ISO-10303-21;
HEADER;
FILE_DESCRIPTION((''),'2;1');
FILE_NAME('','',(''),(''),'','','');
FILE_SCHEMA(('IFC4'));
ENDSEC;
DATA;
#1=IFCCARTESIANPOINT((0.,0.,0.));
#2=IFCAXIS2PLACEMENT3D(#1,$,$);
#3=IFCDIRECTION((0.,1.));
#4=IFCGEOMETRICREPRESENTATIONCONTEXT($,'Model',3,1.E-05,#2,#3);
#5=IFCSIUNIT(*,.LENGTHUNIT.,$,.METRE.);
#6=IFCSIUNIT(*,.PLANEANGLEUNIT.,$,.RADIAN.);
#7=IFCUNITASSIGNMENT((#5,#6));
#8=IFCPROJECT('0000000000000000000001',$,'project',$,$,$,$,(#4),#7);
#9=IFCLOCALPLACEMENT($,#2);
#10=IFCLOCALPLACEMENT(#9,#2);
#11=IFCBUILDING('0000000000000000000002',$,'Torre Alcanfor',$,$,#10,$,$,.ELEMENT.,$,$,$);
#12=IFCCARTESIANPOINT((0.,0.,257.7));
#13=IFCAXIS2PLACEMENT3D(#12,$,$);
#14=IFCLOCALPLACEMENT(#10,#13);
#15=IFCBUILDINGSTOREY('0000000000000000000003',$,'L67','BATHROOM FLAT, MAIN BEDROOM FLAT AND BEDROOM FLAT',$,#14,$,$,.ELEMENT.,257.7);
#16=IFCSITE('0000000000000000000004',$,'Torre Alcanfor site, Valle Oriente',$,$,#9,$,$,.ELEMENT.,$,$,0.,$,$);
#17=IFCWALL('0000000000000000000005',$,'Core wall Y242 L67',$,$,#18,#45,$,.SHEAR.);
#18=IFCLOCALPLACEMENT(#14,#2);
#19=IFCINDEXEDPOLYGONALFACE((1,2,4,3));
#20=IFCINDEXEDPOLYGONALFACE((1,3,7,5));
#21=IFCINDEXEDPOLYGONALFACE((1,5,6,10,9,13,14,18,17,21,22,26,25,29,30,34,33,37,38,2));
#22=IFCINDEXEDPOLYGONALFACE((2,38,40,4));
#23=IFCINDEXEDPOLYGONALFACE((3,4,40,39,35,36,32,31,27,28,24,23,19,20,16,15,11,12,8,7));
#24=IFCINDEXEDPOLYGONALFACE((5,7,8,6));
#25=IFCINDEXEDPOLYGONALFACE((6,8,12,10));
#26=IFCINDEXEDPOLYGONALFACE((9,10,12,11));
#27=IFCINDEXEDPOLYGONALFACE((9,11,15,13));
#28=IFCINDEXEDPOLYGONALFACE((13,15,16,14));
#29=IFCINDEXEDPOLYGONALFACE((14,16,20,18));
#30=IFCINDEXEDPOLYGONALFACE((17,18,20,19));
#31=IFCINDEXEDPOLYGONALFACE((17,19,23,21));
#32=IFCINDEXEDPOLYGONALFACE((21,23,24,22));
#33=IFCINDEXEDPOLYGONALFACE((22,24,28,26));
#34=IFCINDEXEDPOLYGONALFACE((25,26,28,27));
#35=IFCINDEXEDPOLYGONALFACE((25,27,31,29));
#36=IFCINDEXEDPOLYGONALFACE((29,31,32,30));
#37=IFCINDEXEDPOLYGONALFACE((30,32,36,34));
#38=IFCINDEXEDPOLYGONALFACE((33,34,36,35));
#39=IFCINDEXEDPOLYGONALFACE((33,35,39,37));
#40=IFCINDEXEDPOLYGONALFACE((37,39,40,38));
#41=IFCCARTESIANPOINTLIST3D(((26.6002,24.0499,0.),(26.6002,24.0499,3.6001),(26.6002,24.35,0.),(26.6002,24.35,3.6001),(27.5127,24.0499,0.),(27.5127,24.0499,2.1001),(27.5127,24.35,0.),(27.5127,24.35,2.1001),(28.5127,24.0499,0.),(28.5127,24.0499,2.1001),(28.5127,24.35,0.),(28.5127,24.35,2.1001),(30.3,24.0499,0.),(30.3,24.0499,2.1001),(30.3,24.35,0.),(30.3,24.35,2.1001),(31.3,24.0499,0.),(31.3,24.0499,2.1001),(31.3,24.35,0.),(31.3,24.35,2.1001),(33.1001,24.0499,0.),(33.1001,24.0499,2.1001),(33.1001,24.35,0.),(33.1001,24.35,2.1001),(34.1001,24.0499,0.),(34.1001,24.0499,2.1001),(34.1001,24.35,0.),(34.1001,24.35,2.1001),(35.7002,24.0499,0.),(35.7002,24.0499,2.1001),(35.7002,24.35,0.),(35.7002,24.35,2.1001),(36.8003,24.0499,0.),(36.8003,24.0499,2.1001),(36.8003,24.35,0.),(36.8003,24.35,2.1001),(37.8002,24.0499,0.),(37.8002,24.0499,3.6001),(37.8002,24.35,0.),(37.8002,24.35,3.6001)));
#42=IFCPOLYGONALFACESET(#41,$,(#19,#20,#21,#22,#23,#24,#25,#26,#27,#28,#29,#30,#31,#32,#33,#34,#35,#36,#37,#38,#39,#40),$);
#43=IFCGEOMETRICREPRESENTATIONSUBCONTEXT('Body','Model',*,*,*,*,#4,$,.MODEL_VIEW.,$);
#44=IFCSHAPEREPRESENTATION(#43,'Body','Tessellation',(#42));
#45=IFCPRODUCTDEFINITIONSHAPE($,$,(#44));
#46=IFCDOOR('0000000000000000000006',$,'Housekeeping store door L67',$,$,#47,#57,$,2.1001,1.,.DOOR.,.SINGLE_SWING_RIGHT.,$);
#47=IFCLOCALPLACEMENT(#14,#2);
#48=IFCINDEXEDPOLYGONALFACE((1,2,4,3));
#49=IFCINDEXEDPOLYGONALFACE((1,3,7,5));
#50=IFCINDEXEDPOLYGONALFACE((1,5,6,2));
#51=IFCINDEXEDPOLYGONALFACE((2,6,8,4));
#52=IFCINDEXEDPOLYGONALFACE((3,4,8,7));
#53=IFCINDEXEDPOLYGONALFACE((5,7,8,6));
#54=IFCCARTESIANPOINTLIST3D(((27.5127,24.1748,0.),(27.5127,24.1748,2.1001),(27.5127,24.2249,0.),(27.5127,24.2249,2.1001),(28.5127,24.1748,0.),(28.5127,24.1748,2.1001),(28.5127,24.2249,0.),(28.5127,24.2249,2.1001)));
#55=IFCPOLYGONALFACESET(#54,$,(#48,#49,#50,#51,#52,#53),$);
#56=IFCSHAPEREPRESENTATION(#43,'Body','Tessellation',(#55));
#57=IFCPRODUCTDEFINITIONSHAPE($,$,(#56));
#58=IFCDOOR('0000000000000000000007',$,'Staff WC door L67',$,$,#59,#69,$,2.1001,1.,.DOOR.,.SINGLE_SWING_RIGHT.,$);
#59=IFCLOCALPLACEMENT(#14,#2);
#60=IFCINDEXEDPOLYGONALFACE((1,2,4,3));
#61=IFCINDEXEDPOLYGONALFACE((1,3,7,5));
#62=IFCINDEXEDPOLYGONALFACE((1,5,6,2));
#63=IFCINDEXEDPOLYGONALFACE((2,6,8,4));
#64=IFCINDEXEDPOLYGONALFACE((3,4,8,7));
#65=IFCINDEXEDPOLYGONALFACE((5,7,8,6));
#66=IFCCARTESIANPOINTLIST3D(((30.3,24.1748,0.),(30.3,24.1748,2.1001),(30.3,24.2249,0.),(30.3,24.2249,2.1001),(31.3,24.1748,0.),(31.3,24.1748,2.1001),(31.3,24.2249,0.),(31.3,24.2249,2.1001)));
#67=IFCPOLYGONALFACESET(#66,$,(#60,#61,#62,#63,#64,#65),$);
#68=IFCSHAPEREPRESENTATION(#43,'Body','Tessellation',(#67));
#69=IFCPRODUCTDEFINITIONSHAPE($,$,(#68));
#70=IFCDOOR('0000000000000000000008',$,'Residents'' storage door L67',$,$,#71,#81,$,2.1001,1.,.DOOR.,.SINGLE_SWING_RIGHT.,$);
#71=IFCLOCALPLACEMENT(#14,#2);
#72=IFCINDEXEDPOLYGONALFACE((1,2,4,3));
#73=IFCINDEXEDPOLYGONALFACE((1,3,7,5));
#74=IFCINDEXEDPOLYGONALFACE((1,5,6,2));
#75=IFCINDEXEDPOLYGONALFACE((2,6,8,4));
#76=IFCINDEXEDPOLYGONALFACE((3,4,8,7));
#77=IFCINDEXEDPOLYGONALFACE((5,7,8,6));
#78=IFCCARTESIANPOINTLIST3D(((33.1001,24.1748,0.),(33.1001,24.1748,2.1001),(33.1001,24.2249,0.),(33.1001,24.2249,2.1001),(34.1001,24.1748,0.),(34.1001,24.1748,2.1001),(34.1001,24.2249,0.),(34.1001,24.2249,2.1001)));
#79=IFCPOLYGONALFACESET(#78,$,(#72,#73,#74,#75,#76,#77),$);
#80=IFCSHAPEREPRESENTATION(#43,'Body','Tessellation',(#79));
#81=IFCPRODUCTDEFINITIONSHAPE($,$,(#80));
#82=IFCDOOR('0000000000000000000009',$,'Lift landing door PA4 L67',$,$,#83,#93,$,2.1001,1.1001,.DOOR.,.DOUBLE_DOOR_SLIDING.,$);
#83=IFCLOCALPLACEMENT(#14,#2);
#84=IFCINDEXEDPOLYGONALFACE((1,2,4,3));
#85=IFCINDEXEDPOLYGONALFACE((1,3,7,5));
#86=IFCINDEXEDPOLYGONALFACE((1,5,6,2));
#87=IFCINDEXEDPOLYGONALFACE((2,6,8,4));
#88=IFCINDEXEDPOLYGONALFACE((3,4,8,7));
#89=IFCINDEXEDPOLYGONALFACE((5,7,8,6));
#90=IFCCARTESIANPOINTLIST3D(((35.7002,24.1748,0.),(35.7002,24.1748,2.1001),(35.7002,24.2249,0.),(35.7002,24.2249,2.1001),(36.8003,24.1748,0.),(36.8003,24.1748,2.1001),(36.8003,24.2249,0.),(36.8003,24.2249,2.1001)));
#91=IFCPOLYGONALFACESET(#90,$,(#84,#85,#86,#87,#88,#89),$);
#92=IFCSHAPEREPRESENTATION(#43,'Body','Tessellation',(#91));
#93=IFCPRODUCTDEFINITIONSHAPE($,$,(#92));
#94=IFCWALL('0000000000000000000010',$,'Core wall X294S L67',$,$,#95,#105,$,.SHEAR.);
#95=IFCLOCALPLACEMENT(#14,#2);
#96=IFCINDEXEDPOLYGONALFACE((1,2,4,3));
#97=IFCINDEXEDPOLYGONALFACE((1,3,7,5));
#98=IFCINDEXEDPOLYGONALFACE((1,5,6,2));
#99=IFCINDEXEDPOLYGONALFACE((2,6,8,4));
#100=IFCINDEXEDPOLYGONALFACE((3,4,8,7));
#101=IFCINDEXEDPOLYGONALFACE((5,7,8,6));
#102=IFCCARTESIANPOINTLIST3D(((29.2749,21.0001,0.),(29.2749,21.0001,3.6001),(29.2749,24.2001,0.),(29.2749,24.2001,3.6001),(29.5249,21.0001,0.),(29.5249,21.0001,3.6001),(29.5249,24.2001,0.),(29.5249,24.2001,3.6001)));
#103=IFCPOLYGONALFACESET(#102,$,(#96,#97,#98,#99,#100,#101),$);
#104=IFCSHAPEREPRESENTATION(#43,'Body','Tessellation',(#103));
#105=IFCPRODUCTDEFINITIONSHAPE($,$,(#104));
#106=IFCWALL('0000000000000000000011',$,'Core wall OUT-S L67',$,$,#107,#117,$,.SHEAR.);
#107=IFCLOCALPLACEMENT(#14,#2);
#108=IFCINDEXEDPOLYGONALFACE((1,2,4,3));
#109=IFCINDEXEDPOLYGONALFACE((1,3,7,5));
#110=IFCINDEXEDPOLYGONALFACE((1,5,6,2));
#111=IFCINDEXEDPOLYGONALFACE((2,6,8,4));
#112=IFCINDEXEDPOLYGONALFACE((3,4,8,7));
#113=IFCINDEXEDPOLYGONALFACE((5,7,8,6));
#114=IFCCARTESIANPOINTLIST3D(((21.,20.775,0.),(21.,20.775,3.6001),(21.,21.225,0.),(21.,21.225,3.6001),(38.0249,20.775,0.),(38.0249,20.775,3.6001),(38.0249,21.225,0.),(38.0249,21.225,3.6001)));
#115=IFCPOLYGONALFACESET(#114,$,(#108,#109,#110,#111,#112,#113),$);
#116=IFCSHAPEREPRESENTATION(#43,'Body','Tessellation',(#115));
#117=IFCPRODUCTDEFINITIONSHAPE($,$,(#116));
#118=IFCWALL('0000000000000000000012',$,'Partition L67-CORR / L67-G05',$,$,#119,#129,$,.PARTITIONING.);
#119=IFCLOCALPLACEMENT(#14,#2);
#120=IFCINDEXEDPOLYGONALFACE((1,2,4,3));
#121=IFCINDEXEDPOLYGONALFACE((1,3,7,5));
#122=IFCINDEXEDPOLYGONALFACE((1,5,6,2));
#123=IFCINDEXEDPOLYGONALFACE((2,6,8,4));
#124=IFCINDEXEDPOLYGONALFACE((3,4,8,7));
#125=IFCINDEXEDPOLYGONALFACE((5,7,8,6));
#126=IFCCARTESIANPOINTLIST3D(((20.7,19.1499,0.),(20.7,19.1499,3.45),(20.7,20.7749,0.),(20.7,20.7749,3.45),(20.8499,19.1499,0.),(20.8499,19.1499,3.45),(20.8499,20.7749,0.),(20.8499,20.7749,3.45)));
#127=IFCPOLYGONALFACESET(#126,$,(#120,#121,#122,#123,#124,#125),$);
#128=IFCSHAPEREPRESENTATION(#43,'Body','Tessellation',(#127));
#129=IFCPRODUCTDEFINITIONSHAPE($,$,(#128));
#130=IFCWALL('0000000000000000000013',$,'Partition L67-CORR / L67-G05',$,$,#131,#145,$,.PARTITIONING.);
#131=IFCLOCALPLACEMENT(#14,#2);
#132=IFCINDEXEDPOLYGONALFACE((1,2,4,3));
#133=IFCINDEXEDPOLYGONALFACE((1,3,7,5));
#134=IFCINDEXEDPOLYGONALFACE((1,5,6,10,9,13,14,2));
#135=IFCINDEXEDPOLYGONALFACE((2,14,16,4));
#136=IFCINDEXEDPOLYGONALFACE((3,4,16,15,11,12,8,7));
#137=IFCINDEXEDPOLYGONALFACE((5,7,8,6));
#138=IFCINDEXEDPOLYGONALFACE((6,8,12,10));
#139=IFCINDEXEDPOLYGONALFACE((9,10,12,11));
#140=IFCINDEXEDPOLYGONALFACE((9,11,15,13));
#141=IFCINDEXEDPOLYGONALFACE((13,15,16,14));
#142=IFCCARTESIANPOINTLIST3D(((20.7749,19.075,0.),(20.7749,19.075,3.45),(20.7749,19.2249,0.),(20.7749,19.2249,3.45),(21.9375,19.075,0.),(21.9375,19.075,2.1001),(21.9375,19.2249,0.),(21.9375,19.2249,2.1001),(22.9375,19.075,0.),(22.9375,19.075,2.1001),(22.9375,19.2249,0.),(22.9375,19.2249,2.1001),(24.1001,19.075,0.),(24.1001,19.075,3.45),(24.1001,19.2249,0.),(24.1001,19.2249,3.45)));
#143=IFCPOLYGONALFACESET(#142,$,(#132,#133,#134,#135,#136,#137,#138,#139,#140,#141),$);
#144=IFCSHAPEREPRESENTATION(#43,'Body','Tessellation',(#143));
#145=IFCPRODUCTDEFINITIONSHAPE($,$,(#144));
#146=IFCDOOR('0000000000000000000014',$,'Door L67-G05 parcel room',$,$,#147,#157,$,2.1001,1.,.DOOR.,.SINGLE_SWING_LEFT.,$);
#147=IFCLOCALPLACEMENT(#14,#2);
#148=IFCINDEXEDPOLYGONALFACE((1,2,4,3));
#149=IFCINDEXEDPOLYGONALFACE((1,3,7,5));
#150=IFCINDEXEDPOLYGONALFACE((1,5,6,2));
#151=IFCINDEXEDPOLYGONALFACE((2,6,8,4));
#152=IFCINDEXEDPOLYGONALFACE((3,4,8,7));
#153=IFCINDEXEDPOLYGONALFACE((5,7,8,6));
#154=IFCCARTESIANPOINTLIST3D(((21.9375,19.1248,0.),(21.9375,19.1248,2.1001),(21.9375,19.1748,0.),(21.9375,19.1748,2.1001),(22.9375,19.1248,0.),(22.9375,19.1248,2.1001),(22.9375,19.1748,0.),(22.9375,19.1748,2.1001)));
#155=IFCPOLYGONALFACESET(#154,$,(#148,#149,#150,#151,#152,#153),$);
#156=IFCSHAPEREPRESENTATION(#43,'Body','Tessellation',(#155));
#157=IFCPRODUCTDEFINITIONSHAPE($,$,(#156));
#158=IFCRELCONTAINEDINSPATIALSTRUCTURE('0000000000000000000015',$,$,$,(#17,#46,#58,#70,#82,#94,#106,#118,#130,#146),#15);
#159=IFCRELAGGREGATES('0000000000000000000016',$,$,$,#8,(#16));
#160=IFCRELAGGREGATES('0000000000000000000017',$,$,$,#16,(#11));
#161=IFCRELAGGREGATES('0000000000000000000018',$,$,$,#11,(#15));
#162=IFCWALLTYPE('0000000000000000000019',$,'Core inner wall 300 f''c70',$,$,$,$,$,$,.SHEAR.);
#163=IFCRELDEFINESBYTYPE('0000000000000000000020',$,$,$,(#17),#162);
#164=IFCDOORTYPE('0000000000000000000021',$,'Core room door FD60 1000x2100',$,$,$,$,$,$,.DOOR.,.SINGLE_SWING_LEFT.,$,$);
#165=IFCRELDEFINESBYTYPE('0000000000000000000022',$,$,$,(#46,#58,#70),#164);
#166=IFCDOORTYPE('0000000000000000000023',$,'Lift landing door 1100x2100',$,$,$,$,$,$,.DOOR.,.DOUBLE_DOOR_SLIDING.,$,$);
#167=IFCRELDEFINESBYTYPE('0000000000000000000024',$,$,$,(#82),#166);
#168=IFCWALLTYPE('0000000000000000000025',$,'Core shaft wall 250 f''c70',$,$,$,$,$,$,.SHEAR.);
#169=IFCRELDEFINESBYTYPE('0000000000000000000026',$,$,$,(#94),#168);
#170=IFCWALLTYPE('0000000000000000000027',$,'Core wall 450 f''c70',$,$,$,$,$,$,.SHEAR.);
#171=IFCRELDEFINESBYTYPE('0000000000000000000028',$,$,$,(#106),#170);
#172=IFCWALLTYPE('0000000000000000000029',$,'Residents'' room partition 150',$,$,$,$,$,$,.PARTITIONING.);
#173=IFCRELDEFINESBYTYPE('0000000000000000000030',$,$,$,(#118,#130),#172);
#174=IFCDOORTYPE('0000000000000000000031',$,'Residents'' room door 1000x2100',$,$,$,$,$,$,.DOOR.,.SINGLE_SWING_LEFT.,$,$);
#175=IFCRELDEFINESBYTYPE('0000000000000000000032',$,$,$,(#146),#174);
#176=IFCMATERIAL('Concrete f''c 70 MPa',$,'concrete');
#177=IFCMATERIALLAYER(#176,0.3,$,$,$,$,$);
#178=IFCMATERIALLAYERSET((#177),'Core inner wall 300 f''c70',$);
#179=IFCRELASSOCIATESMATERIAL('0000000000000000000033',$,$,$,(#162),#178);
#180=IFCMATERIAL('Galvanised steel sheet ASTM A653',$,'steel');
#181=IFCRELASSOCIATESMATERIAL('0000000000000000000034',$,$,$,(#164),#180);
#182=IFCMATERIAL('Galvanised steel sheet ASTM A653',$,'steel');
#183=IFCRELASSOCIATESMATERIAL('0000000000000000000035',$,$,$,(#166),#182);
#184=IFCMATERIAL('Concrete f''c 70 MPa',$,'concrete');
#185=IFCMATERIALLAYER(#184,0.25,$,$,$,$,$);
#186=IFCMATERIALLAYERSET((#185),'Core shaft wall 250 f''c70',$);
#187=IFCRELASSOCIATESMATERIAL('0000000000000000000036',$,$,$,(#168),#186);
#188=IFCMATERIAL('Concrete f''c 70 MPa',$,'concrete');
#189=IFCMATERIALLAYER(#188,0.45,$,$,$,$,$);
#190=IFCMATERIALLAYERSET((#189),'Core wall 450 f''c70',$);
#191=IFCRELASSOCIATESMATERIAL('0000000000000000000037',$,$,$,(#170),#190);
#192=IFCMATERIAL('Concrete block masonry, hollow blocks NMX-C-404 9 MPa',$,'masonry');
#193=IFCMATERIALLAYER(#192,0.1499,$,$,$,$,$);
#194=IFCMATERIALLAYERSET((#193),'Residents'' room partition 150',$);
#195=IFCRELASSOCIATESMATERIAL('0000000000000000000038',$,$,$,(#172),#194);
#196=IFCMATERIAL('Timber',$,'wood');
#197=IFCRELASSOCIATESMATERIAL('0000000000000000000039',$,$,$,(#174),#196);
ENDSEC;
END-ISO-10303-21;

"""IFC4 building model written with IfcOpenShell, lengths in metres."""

from ifc_helpers import new_model, si_unit, direction, frame, frame_2d, origin, place, context, subcontext, project, spatial, rectangle, extrude, material, layer, layer_set, type_object, element, fill, save


model = new_model("IFC4")

# Units and contexts
model_context = context("Model", 3, precision=1e-05, world=origin(), true_north=direction((0.0, 1.0)))
body_context = subcontext(model_context, "Body", "Model", "MODEL_VIEW")
ifc_project = project(units=[si_unit("LENGTHUNIT", "METRE"), si_unit("PLANEANGLEUNIT", "RADIAN")], contexts=[model_context])

# Site, building, storey
site_placement = place(None, origin())
site = spatial("IfcSite", under=ifc_project, at=site_placement, Name="Torre Alcanfor site, Valle Oriente", CompositionType="ELEMENT", RefElevation=0.0)
building_placement = place(site_placement, origin())
building = spatial("IfcBuilding", under=site, at=building_placement, Name="Torre Alcanfor", CompositionType="ELEMENT")
storey_placement = place(building_placement, frame((0.0, 0.0, 257.7)))
storey = spatial("IfcBuildingStorey", under=building, at=storey_placement, Name="L67", Description="BATHROOM FLAT, MAIN BEDROOM FLAT AND BEDROOM FLAT", CompositionType="ELEMENT", Elevation=257.7)

# Shared definitions
ifc_material_1 = material(Name="Concrete f'c 70 MPa", Category="concrete")
ifc_layer_1 = layer(ifc_material_1, 0.3)
ifc_layer_set_1 = layer_set([ifc_layer_1], Name="Core inner wall 300 f'c70")
wall_type_1 = type_object("IfcWallType", Name="Core inner wall 300 f'c70", PredefinedType="SHEAR", material=ifc_layer_set_1)

# Wall, openings, doors
wall_1_placement = place(storey_placement, frame((26.6001, 24.2, 0.0), z_axis=(0.0, 0.0, 1.0), x_axis=(1.0, 0.0, 0.0)))
wall_1 = element("IfcWall", 1, at=wall_1_placement, inside=storey, type_object=wall_type_1, Name="Core wall Y242 L67", PredefinedType="SHEAR", context=body_context, shape_type="SweptSolid", body=[
    extrude(rectangle(XDim=11.2, YDim=0.3, at=frame_2d((5.6001, 0.0))), origin(), (0.0, 0.0, 1.0), 3.6001),
])
opening_1_placement = place(wall_1_placement, frame((0.9126, 0.0, 0.0)))
opening_1 = element("IfcOpeningElement", 2, at=opening_1_placement, cuts=wall_1, PredefinedType="OPENING", context=body_context, shape_type="SweptSolid", body=[
    extrude(rectangle(XDim=1.0, YDim=2.1001, at=frame_2d((0.5, 1.05))), frame((0.0, 0.1599, 0.0), z_axis=(0.0, -1.0, 0.0), x_axis=(1.0, 0.0, 0.0)), (0.0, 0.0, 1.0), 0.3201),
])
opening_2_placement = place(wall_1_placement, frame((3.7, 0.0, 0.0)))
opening_2 = element("IfcOpeningElement", 3, at=opening_2_placement, cuts=wall_1, PredefinedType="OPENING", context=body_context, shape_type="SweptSolid", body=[
    extrude(rectangle(XDim=1.0, YDim=2.1001, at=frame_2d((0.5, 1.05))), frame((0.0, 0.1599, 0.0), z_axis=(0.0, -1.0, 0.0), x_axis=(1.0, 0.0, 0.0)), (0.0, 0.0, 1.0), 0.3201),
])
opening_3_placement = place(wall_1_placement, frame((6.5, 0.0, 0.0)))
opening_3 = element("IfcOpeningElement", 4, at=opening_3_placement, cuts=wall_1, PredefinedType="OPENING", context=body_context, shape_type="SweptSolid", body=[
    extrude(rectangle(XDim=1.0, YDim=2.1001, at=frame_2d((0.5, 1.05))), frame((0.0, 0.1599, 0.0), z_axis=(0.0, -1.0, 0.0), x_axis=(1.0, 0.0, 0.0)), (0.0, 0.0, 1.0), 0.3201),
])
opening_4_placement = place(wall_1_placement, frame((9.1001, 0.0, 0.0)))
opening_4 = element("IfcOpeningElement", 5, at=opening_4_placement, cuts=wall_1, PredefinedType="OPENING", context=body_context, shape_type="SweptSolid", body=[
    extrude(rectangle(XDim=1.1001, YDim=2.1001, at=frame_2d((0.55, 1.05))), frame((0.0, 0.1599, 0.0), z_axis=(0.0, -1.0, 0.0), x_axis=(1.0, 0.0, 0.0)), (0.0, 0.0, 1.0), 0.3201),
])
ifc_material_2 = material(Name="Galvanised steel sheet ASTM A653", Category="steel")
door_type_1 = type_object("IfcDoorType", Name="Core room door FD60 1000x2100", OperationType="SINGLE_SWING_LEFT", PredefinedType="DOOR", material=ifc_material_2)
door_1_placement = place(opening_1_placement, frame((1.0, 0.0, 0.0), z_axis=(0.0, 0.0, 1.0), x_axis=(-1.0, 0.0, 0.0)))
door_1 = element("IfcDoor", 6, at=door_1_placement, inside=storey, type_object=door_type_1, Name="Housekeeping store door L67", OperationType="SINGLE_SWING_RIGHT", OverallHeight=2.1001, OverallWidth=1.0, PredefinedType="DOOR", context=body_context, shape_type="SweptSolid", body=[
    extrude(rectangle(XDim=1.0, YDim=2.1001, at=frame_2d((0.5, 1.05))), frame((0.0, 0.0251, 0.0), z_axis=(0.0, -1.0, 0.0), x_axis=(1.0, 0.0, 0.0)), (0.0, 0.0, 1.0), 0.05),
])
fill(opening_1, door_1)
door_2_placement = place(opening_2_placement, frame((1.0, 0.0, 0.0), z_axis=(0.0, 0.0, 1.0), x_axis=(-1.0, 0.0, 0.0)))
door_2 = element("IfcDoor", 7, at=door_2_placement, inside=storey, type_object=door_type_1, Name="Staff WC door L67", OperationType="SINGLE_SWING_RIGHT", OverallHeight=2.1001, OverallWidth=1.0, PredefinedType="DOOR", context=body_context, shape_type="SweptSolid", body=[
    extrude(rectangle(XDim=1.0, YDim=2.1001, at=frame_2d((0.5, 1.05))), frame((0.0, 0.0251, 0.0), z_axis=(0.0, -1.0, 0.0), x_axis=(1.0, 0.0, 0.0)), (0.0, 0.0, 1.0), 0.05),
])
fill(opening_2, door_2)
door_3_placement = place(opening_3_placement, frame((1.0, 0.0, 0.0), z_axis=(0.0, 0.0, 1.0), x_axis=(-1.0, 0.0, 0.0)))
door_3 = element("IfcDoor", 8, at=door_3_placement, inside=storey, type_object=door_type_1, Name="Residents' storage door L67", OperationType="SINGLE_SWING_RIGHT", OverallHeight=2.1001, OverallWidth=1.0, PredefinedType="DOOR", context=body_context, shape_type="SweptSolid", body=[
    extrude(rectangle(XDim=1.0, YDim=2.1001, at=frame_2d((0.5, 1.05))), frame((0.0, 0.0251, 0.0), z_axis=(0.0, -1.0, 0.0), x_axis=(1.0, 0.0, 0.0)), (0.0, 0.0, 1.0), 0.05),
])
fill(opening_3, door_3)
ifc_material_3 = material(Name="Galvanised steel sheet ASTM A653", Category="steel")
door_type_2 = type_object("IfcDoorType", Name="Lift landing door 1100x2100", OperationType="DOUBLE_DOOR_SLIDING", PredefinedType="DOOR", material=ifc_material_3)
door_4_placement = place(opening_4_placement, origin())
door_4 = element("IfcDoor", 9, at=door_4_placement, inside=storey, type_object=door_type_2, Name="Lift landing door PA4 L67", OperationType="DOUBLE_DOOR_SLIDING", OverallHeight=2.1001, OverallWidth=1.1001, PredefinedType="DOOR", context=body_context, shape_type="SweptSolid", body=[
    extrude(rectangle(XDim=1.1001, YDim=2.1001, at=frame_2d((0.55, 1.05))), frame((0.0, 0.0249, 0.0), z_axis=(0.0, -1.0, 0.0), x_axis=(1.0, 0.0, 0.0)), (0.0, 0.0, 1.0), 0.05),
])
fill(opening_4, door_4)

# Walls
ifc_material_4 = material(Name="Concrete f'c 70 MPa", Category="concrete")
ifc_layer_2 = layer(ifc_material_4, 0.25)
ifc_layer_set_2 = layer_set([ifc_layer_2], Name="Core shaft wall 250 f'c70")
wall_type_2 = type_object("IfcWallType", Name="Core shaft wall 250 f'c70", PredefinedType="SHEAR", material=ifc_layer_set_2)
wall_2_placement = place(storey_placement, frame((29.3999, 21.0, 0.0), z_axis=(0.0, 0.0, 1.0), x_axis=(0.0, 1.0, 0.0)))
element("IfcWall", 10, at=wall_2_placement, inside=storey, type_object=wall_type_2, Name="Core wall X294S L67", PredefinedType="SHEAR", context=body_context, shape_type="SweptSolid", body=[
    extrude(rectangle(XDim=3.2, YDim=0.25, at=frame_2d((1.6001, 0.0))), origin(), (0.0, 0.0, 1.0), 3.6001),
])
ifc_material_5 = material(Name="Concrete f'c 70 MPa", Category="concrete")
ifc_layer_3 = layer(ifc_material_5, 0.45)
ifc_layer_set_3 = layer_set([ifc_layer_3], Name="Core wall 450 f'c70")
wall_type_3 = type_object("IfcWallType", Name="Core wall 450 f'c70", PredefinedType="SHEAR", material=ifc_layer_set_3)
wall_3_placement = place(storey_placement, frame((21.0, 21.0, 0.0), z_axis=(0.0, 0.0, 1.0), x_axis=(1.0, 0.0, 0.0)))
element("IfcWall", 11, at=wall_3_placement, inside=storey, type_object=wall_type_3, Name="Core wall OUT-S L67", PredefinedType="SHEAR", context=body_context, shape_type="SweptSolid", body=[
    extrude(rectangle(XDim=17.0249, YDim=0.45, at=frame_2d((8.5125, 0.0))), origin(), (0.0, 0.0, 1.0), 3.6001),
])
ifc_material_6 = material(Name="Concrete block masonry, hollow blocks NMX-C-404 9 MPa", Category="masonry")
ifc_layer_4 = layer(ifc_material_6, 0.1499)
ifc_layer_set_4 = layer_set([ifc_layer_4], Name="Residents' room partition 150")
wall_type_4 = type_object("IfcWallType", Name="Residents' room partition 150", PredefinedType="PARTITIONING", material=ifc_layer_set_4)
wall_4_placement = place(storey_placement, frame((20.7749, 20.7749, 0.0), z_axis=(0.0, 0.0, 1.0), x_axis=(0.0, -1.0, 0.0)))
element("IfcWall", 12, at=wall_4_placement, inside=storey, type_object=wall_type_4, Name="Partition L67-CORR / L67-G05", PredefinedType="PARTITIONING", context=body_context, shape_type="SweptSolid", body=[
    extrude(rectangle(XDim=1.625, YDim=0.1499, at=frame_2d((0.8125, 0.0))), origin(), (0.0, 0.0, 1.0), 3.45),
])

# Wall, opening, door
wall_5_placement = place(storey_placement, frame((20.7749, 19.1499, 0.0), z_axis=(0.0, 0.0, 1.0), x_axis=(1.0, 0.0, 0.0)))
wall_5 = element("IfcWall", 13, at=wall_5_placement, inside=storey, type_object=wall_type_4, Name="Partition L67-CORR / L67-G05", PredefinedType="PARTITIONING", context=body_context, shape_type="SweptSolid", body=[
    extrude(rectangle(XDim=3.3252, YDim=0.1499, at=frame_2d((1.6626, 0.0))), origin(), (0.0, 0.0, 1.0), 3.45),
])
opening_5_placement = place(wall_5_placement, frame((1.1626, 0.0, 0.0)))
opening_5 = element("IfcOpeningElement", 14, at=opening_5_placement, cuts=wall_5, PredefinedType="OPENING", context=body_context, shape_type="SweptSolid", body=[
    extrude(rectangle(XDim=1.0, YDim=2.1001, at=frame_2d((0.5, 1.05))), frame((0.0, 0.085, 0.0), z_axis=(0.0, -1.0, 0.0), x_axis=(1.0, 0.0, 0.0)), (0.0, 0.0, 1.0), 0.1699),
])
ifc_material_7 = material(Name="Timber", Category="wood")
door_type_3 = type_object("IfcDoorType", Name="Residents' room door 1000x2100", OperationType="SINGLE_SWING_LEFT", PredefinedType="DOOR", material=ifc_material_7)
door_5_placement = place(opening_5_placement, origin())
door_5 = element("IfcDoor", 15, at=door_5_placement, inside=storey, type_object=door_type_3, Name="Door L67-G05 parcel room", OperationType="SINGLE_SWING_LEFT", OverallHeight=2.1001, OverallWidth=1.0, PredefinedType="DOOR", context=body_context, shape_type="SweptSolid", body=[
    extrude(rectangle(XDim=1.0, YDim=2.1001, at=frame_2d((0.5, 1.05))), frame((0.0, 0.0249, 0.0), z_axis=(0.0, -1.0, 0.0), x_axis=(1.0, 0.0, 0.0)), (0.0, 0.0, 1.0), 0.05),
])
fill(opening_5, door_5)

save(model, "model.ifc")
